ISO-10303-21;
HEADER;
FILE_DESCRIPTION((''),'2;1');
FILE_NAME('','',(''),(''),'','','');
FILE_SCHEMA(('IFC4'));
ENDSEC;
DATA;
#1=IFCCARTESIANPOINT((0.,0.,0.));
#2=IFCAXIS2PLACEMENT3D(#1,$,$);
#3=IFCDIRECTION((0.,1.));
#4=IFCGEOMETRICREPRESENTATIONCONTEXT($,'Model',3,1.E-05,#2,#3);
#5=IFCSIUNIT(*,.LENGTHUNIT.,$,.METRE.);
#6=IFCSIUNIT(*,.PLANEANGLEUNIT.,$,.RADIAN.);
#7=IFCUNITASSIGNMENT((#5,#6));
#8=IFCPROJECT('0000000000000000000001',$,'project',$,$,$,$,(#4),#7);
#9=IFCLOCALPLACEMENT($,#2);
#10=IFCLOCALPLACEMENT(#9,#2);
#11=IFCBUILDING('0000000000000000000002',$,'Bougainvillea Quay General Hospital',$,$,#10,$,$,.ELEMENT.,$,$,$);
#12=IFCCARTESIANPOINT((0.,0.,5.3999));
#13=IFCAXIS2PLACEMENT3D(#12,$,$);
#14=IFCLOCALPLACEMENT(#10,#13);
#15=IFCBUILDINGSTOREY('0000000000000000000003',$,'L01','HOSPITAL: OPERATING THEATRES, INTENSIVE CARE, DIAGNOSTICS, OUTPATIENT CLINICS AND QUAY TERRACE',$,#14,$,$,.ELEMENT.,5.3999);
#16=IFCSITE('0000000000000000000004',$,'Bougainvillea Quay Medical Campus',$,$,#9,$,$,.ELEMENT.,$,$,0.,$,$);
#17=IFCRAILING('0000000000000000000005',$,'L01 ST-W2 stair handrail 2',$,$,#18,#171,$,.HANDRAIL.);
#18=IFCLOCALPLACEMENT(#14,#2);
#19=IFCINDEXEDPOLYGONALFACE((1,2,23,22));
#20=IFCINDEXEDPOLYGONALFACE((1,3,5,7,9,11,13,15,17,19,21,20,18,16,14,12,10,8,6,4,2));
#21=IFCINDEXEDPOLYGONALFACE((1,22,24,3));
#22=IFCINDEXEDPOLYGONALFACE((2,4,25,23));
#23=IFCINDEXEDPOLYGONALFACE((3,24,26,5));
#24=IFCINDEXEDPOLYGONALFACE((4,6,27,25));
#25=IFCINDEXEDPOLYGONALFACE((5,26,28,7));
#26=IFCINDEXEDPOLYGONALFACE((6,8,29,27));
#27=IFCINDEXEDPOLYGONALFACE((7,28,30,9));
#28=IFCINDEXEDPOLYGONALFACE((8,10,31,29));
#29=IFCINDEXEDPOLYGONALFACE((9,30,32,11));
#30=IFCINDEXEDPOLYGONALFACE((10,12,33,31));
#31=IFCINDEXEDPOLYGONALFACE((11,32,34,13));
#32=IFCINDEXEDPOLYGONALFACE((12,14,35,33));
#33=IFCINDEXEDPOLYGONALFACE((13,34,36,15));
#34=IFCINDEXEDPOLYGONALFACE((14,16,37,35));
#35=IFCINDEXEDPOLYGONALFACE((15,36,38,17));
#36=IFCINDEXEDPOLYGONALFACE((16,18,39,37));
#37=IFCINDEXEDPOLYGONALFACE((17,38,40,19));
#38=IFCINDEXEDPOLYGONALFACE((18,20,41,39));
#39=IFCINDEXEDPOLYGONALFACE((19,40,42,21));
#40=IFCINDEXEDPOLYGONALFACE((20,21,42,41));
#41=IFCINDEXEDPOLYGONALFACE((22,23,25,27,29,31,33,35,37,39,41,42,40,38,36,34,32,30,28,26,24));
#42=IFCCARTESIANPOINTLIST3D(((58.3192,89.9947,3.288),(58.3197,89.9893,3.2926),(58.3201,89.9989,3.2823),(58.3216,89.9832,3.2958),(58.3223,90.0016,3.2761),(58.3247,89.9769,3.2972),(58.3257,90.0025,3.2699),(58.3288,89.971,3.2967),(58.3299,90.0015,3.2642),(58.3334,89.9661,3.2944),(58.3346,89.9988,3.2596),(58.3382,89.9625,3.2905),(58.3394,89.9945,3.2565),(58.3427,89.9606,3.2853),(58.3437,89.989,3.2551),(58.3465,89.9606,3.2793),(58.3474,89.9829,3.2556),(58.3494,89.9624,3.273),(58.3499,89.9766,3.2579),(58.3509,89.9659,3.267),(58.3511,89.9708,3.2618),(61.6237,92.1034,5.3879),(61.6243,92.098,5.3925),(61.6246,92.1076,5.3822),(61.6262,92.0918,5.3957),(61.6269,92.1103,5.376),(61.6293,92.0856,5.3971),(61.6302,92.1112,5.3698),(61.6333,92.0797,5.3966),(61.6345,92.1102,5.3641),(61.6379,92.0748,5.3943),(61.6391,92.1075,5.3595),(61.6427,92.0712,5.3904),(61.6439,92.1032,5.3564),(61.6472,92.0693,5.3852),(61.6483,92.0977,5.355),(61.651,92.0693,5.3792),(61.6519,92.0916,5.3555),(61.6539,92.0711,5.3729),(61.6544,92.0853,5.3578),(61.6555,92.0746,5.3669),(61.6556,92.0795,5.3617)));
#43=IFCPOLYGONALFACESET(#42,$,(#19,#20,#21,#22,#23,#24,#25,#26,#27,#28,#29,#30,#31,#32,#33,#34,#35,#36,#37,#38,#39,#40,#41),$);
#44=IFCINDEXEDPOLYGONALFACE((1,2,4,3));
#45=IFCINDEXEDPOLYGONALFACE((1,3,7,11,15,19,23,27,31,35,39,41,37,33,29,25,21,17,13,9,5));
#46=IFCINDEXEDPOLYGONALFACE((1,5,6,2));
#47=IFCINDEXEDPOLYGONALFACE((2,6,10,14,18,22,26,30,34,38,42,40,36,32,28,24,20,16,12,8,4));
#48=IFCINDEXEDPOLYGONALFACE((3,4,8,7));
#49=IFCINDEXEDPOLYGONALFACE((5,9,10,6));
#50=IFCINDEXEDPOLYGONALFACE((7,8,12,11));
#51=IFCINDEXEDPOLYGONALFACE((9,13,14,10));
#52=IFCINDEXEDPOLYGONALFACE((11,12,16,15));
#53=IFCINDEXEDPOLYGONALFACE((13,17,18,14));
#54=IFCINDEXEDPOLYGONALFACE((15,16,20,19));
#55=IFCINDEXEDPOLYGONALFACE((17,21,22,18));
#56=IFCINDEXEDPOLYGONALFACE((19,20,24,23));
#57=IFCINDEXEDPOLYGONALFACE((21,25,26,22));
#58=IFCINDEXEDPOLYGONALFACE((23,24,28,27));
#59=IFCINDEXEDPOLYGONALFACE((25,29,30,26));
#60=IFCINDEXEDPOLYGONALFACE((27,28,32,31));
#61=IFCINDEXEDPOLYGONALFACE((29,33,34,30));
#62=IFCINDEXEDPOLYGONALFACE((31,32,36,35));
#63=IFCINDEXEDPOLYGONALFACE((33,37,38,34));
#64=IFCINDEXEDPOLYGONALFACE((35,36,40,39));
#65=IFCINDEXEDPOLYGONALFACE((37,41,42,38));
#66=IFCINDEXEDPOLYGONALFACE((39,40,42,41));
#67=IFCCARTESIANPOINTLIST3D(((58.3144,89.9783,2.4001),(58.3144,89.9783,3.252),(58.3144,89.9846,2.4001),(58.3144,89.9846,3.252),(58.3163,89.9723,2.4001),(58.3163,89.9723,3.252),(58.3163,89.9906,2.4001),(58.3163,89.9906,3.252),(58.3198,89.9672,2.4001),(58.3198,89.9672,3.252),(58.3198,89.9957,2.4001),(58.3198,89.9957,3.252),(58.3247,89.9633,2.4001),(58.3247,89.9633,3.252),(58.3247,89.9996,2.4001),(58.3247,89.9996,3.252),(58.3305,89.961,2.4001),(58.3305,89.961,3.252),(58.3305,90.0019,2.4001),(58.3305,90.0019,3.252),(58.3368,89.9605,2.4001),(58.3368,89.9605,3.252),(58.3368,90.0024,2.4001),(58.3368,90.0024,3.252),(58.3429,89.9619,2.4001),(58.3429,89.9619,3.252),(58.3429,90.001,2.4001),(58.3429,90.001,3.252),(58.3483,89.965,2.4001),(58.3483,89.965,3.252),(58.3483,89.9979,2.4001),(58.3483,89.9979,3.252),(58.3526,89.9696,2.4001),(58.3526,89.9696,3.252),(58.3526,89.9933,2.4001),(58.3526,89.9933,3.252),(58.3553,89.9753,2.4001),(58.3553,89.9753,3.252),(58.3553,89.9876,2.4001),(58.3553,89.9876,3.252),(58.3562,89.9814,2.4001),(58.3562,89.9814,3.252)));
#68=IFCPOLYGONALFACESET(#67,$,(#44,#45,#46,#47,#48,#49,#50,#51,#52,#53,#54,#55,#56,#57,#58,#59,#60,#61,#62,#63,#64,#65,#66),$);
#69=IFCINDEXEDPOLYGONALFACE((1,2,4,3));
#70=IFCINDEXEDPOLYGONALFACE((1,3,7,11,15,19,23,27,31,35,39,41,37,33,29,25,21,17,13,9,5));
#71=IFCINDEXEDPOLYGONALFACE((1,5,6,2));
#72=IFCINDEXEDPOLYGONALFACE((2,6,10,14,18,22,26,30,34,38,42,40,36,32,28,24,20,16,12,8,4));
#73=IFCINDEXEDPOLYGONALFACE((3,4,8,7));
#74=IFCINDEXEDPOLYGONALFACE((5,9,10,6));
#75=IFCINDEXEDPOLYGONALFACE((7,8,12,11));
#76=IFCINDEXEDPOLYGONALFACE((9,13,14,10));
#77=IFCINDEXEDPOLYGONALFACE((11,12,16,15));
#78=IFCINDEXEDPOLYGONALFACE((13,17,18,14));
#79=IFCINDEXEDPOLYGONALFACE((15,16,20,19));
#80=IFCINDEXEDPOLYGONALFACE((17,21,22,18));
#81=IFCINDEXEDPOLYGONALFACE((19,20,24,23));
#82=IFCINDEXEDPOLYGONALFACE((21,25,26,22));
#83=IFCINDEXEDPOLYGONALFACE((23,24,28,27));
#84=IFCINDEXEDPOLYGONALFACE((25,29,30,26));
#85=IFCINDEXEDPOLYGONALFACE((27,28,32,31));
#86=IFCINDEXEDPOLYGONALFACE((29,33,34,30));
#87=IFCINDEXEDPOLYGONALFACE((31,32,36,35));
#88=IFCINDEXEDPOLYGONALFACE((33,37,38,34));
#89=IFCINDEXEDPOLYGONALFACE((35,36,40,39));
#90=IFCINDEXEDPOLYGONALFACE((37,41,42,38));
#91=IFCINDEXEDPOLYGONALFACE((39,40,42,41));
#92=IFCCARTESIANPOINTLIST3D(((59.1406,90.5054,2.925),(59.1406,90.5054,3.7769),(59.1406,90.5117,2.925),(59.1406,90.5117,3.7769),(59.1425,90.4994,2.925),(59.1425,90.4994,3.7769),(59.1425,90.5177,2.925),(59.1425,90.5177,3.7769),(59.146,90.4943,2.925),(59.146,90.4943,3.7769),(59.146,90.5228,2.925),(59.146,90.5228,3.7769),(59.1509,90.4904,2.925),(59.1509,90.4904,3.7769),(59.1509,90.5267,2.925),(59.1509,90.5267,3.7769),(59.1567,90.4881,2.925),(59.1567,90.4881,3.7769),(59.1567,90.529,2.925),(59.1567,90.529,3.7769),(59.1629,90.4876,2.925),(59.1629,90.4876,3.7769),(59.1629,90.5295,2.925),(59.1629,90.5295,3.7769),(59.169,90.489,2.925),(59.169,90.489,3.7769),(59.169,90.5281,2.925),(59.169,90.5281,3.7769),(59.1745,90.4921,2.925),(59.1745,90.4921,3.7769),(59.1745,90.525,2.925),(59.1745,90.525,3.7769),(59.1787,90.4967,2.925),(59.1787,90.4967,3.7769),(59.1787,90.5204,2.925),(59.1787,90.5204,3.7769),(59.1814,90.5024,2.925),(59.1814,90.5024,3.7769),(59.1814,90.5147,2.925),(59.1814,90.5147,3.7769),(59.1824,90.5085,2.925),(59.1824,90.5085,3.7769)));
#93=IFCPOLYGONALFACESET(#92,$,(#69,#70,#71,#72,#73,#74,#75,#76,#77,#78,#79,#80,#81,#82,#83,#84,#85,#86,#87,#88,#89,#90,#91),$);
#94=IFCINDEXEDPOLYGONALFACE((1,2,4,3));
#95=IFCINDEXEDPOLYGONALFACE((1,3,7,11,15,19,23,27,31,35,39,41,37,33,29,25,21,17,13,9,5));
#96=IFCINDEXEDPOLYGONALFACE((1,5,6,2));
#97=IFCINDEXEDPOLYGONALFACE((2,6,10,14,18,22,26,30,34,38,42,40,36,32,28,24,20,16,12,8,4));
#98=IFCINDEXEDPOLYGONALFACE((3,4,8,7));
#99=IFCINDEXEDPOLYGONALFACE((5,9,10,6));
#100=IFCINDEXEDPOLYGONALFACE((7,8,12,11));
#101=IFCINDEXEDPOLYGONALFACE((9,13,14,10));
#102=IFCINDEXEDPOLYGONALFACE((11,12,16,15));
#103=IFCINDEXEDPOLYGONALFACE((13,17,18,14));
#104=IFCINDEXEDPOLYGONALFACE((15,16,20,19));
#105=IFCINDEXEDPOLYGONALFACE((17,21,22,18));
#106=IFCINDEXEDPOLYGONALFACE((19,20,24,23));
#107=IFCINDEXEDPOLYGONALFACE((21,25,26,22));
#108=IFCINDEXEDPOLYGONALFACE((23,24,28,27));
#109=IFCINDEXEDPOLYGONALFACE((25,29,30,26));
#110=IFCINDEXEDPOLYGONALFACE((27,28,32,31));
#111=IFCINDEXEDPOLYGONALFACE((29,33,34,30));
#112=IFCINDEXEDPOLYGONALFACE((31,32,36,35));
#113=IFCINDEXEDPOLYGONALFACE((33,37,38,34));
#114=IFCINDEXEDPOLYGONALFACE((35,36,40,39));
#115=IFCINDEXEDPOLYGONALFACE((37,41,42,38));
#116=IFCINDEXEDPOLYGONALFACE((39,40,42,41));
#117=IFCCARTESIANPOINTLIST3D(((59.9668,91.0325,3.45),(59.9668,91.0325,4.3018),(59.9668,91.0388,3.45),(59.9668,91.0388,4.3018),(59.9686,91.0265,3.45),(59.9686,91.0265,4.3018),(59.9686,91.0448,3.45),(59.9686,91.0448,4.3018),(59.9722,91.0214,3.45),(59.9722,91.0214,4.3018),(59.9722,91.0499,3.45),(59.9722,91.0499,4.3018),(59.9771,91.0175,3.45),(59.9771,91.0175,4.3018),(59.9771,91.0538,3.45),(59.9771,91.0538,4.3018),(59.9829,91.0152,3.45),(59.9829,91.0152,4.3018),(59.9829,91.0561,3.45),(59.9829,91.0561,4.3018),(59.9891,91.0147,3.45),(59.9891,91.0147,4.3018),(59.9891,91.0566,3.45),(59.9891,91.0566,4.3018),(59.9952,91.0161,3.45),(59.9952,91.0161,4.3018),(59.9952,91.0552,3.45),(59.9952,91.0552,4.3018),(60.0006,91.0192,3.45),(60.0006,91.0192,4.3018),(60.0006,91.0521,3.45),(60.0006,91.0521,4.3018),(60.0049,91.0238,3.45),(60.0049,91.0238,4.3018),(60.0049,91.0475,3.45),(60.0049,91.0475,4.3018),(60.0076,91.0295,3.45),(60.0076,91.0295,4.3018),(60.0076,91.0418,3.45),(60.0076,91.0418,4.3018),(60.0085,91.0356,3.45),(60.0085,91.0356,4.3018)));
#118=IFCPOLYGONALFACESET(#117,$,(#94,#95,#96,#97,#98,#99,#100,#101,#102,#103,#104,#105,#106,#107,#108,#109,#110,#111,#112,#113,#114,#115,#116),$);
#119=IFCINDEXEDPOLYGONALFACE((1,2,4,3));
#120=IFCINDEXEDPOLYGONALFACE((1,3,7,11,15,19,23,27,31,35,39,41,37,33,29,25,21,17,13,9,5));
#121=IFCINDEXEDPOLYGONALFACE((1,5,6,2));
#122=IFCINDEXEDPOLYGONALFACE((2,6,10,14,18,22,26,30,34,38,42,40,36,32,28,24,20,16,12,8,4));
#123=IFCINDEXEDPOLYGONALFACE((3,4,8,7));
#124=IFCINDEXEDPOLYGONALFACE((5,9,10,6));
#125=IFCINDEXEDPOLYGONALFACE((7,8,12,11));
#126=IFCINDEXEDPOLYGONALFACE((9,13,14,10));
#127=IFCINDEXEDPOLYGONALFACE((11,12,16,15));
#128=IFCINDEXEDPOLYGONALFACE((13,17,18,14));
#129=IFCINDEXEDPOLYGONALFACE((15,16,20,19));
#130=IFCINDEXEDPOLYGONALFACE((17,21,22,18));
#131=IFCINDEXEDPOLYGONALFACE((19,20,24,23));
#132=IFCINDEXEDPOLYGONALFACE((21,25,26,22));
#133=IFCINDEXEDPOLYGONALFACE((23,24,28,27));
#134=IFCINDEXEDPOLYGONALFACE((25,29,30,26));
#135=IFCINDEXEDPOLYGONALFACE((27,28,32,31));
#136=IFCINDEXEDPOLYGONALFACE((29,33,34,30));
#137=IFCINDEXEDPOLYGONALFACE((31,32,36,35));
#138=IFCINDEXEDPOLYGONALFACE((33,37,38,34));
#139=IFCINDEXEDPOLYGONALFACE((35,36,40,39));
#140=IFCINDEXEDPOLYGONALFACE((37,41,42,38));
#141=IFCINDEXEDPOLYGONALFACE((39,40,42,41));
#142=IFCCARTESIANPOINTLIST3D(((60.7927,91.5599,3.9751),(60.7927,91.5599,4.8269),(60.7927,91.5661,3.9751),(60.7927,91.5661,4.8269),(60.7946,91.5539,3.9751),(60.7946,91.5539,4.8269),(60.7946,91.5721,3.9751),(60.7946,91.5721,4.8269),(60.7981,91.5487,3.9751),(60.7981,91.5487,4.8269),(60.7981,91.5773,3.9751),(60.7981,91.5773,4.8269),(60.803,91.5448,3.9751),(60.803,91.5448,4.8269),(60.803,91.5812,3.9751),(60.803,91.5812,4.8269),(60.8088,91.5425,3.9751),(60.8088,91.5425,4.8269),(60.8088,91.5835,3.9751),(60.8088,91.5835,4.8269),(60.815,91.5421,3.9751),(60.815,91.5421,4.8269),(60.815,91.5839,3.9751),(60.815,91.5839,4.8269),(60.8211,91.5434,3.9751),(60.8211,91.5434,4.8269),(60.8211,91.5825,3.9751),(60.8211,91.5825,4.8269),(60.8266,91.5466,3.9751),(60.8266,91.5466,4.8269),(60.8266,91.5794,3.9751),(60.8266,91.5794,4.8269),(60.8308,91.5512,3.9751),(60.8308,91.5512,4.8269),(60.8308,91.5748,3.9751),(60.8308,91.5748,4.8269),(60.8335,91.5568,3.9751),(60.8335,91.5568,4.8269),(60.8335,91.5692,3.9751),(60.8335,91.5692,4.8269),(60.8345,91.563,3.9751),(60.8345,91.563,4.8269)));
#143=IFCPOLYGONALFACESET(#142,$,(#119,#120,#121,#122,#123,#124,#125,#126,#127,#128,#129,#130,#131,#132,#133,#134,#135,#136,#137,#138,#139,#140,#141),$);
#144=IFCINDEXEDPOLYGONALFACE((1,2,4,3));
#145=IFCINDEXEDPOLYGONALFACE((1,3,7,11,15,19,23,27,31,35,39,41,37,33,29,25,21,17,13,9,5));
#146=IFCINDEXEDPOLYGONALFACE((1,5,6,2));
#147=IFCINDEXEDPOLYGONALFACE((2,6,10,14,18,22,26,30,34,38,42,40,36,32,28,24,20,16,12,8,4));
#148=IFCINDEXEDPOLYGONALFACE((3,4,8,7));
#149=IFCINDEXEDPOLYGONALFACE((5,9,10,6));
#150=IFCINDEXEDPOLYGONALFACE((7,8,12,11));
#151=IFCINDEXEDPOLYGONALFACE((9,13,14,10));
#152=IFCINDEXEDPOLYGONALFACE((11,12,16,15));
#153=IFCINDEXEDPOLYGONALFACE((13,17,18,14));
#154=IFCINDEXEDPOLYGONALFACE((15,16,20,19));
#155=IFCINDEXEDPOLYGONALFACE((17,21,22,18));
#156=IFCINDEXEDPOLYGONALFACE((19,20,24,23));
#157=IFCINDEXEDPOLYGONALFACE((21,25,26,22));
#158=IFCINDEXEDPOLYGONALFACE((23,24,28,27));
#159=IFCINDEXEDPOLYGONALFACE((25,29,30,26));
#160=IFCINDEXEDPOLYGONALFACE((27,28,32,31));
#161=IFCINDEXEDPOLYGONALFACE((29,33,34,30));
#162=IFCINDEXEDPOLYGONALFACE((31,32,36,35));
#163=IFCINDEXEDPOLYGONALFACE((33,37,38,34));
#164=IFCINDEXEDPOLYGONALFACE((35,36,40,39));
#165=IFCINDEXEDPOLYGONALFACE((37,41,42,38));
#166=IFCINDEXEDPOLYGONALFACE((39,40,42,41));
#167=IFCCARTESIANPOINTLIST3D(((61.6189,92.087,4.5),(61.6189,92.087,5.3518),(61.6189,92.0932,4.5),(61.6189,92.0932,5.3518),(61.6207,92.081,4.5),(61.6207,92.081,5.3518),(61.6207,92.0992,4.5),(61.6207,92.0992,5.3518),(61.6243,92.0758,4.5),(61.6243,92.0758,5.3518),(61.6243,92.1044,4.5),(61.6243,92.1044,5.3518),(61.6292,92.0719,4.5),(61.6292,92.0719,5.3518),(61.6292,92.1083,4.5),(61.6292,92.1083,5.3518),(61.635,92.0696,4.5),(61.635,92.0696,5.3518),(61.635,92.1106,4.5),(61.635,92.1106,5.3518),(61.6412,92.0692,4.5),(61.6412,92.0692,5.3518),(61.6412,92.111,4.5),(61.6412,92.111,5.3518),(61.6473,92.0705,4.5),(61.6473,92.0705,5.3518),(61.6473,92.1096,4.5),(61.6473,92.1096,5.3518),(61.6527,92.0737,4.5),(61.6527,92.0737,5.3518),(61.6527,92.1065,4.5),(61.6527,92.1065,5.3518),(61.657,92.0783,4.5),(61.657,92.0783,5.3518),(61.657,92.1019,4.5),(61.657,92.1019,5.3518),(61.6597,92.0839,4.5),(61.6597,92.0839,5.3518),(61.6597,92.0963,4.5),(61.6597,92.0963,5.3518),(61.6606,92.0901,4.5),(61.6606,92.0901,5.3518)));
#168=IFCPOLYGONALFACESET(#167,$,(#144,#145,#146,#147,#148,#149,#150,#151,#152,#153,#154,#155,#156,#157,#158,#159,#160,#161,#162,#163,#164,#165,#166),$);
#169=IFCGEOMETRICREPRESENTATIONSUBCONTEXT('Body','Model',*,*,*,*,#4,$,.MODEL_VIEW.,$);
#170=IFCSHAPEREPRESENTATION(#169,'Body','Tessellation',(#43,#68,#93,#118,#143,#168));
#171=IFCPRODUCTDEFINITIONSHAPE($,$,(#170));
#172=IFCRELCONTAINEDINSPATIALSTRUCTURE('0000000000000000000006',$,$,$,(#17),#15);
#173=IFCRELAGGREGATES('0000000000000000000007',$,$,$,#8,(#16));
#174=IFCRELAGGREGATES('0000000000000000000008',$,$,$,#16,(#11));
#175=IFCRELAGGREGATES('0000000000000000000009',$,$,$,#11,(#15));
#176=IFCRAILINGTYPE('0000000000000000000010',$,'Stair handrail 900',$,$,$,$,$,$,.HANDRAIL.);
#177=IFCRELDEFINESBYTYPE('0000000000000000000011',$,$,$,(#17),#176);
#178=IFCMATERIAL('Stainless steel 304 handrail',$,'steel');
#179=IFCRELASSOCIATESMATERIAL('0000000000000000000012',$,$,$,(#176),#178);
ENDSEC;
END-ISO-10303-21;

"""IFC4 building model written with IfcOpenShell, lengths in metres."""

from ifc_helpers import new_model, si_unit, direction, frame, origin, origin_2d, place, context, subcontext, project, spatial, circle, extrude, material, type_object, element, save


model = new_model("IFC4")

# Units and contexts
model_context = context("Model", 3, precision=1e-05, world=origin(), true_north=direction((0.0, 1.0)))
body_context = subcontext(model_context, "Body", "Model", "MODEL_VIEW")
ifc_project = project(units=[si_unit("LENGTHUNIT", "METRE"), si_unit("PLANEANGLEUNIT", "RADIAN")], contexts=[model_context])

# Site, building, storey
site_placement = place(None, origin())
site = spatial("IfcSite", under=ifc_project, at=site_placement, Name="Bougainvillea Quay Medical Campus", CompositionType="ELEMENT", RefElevation=0.0)
building_placement = place(site_placement, origin())
building = spatial("IfcBuilding", under=site, at=building_placement, Name="Bougainvillea Quay General Hospital", CompositionType="ELEMENT")
storey_placement = place(building_placement, frame((0.0, 0.0, 5.3999)))
storey = spatial("IfcBuildingStorey", under=building, at=storey_placement, Name="L01", Description="HOSPITAL: OPERATING THEATRES, INTENSIVE CARE, DIAGNOSTICS, OUTPATIENT CLINICS AND QUAY TERRACE", CompositionType="ELEMENT", Elevation=5.3999)

# Railing
ifc_material_1 = material(Name="Stainless steel 304 handrail", Category="steel")
railing_type_1 = type_object("IfcRailingType", Name="Stair handrail 900", PredefinedType="HANDRAIL", material=ifc_material_1)
railing_1_placement = place(storey_placement, frame((58.3352, 89.9814, 2.4001)))
element("IfcRailing", 1, at=railing_1_placement, inside=storey, type_object=railing_type_1, Name="L01 ST-W2 stair handrail 2", PredefinedType="HANDRAIL", context=body_context, shape_type="SweptSolid", body=[
    extrude(circle(Radius=0.0239, at=origin_2d()), frame((0.0, 0.0, 0.876), z_axis=(0.743086, 0.47418, 0.472204), x_axis=(-0.537931, 0.842989, 0.0)), (0.0, 0.0, 1.0), 4.447),
    extrude(circle(Radius=0.021, at=origin_2d()), origin(), (0.0, 0.0, 1.0), 0.8518),
    extrude(circle(Radius=0.021, at=origin_2d()), frame((0.8262, 0.5271, 0.5249)), (0.0, 0.0, 1.0), 0.8518),
    extrude(circle(Radius=0.021, at=origin_2d()), frame((1.6523, 1.0542, 1.0498)), (0.0, 0.0, 1.0), 0.8518),
    extrude(circle(Radius=0.021, at=origin_2d()), frame((2.4783, 1.5815, 1.575)), (0.0, 0.0, 1.0), 0.8518),
    extrude(circle(Radius=0.021, at=origin_2d()), frame((3.3044, 2.1086, 2.0999)), (0.0, 0.0, 1.0), 0.8518),
])

save(model, "model.ifc")
